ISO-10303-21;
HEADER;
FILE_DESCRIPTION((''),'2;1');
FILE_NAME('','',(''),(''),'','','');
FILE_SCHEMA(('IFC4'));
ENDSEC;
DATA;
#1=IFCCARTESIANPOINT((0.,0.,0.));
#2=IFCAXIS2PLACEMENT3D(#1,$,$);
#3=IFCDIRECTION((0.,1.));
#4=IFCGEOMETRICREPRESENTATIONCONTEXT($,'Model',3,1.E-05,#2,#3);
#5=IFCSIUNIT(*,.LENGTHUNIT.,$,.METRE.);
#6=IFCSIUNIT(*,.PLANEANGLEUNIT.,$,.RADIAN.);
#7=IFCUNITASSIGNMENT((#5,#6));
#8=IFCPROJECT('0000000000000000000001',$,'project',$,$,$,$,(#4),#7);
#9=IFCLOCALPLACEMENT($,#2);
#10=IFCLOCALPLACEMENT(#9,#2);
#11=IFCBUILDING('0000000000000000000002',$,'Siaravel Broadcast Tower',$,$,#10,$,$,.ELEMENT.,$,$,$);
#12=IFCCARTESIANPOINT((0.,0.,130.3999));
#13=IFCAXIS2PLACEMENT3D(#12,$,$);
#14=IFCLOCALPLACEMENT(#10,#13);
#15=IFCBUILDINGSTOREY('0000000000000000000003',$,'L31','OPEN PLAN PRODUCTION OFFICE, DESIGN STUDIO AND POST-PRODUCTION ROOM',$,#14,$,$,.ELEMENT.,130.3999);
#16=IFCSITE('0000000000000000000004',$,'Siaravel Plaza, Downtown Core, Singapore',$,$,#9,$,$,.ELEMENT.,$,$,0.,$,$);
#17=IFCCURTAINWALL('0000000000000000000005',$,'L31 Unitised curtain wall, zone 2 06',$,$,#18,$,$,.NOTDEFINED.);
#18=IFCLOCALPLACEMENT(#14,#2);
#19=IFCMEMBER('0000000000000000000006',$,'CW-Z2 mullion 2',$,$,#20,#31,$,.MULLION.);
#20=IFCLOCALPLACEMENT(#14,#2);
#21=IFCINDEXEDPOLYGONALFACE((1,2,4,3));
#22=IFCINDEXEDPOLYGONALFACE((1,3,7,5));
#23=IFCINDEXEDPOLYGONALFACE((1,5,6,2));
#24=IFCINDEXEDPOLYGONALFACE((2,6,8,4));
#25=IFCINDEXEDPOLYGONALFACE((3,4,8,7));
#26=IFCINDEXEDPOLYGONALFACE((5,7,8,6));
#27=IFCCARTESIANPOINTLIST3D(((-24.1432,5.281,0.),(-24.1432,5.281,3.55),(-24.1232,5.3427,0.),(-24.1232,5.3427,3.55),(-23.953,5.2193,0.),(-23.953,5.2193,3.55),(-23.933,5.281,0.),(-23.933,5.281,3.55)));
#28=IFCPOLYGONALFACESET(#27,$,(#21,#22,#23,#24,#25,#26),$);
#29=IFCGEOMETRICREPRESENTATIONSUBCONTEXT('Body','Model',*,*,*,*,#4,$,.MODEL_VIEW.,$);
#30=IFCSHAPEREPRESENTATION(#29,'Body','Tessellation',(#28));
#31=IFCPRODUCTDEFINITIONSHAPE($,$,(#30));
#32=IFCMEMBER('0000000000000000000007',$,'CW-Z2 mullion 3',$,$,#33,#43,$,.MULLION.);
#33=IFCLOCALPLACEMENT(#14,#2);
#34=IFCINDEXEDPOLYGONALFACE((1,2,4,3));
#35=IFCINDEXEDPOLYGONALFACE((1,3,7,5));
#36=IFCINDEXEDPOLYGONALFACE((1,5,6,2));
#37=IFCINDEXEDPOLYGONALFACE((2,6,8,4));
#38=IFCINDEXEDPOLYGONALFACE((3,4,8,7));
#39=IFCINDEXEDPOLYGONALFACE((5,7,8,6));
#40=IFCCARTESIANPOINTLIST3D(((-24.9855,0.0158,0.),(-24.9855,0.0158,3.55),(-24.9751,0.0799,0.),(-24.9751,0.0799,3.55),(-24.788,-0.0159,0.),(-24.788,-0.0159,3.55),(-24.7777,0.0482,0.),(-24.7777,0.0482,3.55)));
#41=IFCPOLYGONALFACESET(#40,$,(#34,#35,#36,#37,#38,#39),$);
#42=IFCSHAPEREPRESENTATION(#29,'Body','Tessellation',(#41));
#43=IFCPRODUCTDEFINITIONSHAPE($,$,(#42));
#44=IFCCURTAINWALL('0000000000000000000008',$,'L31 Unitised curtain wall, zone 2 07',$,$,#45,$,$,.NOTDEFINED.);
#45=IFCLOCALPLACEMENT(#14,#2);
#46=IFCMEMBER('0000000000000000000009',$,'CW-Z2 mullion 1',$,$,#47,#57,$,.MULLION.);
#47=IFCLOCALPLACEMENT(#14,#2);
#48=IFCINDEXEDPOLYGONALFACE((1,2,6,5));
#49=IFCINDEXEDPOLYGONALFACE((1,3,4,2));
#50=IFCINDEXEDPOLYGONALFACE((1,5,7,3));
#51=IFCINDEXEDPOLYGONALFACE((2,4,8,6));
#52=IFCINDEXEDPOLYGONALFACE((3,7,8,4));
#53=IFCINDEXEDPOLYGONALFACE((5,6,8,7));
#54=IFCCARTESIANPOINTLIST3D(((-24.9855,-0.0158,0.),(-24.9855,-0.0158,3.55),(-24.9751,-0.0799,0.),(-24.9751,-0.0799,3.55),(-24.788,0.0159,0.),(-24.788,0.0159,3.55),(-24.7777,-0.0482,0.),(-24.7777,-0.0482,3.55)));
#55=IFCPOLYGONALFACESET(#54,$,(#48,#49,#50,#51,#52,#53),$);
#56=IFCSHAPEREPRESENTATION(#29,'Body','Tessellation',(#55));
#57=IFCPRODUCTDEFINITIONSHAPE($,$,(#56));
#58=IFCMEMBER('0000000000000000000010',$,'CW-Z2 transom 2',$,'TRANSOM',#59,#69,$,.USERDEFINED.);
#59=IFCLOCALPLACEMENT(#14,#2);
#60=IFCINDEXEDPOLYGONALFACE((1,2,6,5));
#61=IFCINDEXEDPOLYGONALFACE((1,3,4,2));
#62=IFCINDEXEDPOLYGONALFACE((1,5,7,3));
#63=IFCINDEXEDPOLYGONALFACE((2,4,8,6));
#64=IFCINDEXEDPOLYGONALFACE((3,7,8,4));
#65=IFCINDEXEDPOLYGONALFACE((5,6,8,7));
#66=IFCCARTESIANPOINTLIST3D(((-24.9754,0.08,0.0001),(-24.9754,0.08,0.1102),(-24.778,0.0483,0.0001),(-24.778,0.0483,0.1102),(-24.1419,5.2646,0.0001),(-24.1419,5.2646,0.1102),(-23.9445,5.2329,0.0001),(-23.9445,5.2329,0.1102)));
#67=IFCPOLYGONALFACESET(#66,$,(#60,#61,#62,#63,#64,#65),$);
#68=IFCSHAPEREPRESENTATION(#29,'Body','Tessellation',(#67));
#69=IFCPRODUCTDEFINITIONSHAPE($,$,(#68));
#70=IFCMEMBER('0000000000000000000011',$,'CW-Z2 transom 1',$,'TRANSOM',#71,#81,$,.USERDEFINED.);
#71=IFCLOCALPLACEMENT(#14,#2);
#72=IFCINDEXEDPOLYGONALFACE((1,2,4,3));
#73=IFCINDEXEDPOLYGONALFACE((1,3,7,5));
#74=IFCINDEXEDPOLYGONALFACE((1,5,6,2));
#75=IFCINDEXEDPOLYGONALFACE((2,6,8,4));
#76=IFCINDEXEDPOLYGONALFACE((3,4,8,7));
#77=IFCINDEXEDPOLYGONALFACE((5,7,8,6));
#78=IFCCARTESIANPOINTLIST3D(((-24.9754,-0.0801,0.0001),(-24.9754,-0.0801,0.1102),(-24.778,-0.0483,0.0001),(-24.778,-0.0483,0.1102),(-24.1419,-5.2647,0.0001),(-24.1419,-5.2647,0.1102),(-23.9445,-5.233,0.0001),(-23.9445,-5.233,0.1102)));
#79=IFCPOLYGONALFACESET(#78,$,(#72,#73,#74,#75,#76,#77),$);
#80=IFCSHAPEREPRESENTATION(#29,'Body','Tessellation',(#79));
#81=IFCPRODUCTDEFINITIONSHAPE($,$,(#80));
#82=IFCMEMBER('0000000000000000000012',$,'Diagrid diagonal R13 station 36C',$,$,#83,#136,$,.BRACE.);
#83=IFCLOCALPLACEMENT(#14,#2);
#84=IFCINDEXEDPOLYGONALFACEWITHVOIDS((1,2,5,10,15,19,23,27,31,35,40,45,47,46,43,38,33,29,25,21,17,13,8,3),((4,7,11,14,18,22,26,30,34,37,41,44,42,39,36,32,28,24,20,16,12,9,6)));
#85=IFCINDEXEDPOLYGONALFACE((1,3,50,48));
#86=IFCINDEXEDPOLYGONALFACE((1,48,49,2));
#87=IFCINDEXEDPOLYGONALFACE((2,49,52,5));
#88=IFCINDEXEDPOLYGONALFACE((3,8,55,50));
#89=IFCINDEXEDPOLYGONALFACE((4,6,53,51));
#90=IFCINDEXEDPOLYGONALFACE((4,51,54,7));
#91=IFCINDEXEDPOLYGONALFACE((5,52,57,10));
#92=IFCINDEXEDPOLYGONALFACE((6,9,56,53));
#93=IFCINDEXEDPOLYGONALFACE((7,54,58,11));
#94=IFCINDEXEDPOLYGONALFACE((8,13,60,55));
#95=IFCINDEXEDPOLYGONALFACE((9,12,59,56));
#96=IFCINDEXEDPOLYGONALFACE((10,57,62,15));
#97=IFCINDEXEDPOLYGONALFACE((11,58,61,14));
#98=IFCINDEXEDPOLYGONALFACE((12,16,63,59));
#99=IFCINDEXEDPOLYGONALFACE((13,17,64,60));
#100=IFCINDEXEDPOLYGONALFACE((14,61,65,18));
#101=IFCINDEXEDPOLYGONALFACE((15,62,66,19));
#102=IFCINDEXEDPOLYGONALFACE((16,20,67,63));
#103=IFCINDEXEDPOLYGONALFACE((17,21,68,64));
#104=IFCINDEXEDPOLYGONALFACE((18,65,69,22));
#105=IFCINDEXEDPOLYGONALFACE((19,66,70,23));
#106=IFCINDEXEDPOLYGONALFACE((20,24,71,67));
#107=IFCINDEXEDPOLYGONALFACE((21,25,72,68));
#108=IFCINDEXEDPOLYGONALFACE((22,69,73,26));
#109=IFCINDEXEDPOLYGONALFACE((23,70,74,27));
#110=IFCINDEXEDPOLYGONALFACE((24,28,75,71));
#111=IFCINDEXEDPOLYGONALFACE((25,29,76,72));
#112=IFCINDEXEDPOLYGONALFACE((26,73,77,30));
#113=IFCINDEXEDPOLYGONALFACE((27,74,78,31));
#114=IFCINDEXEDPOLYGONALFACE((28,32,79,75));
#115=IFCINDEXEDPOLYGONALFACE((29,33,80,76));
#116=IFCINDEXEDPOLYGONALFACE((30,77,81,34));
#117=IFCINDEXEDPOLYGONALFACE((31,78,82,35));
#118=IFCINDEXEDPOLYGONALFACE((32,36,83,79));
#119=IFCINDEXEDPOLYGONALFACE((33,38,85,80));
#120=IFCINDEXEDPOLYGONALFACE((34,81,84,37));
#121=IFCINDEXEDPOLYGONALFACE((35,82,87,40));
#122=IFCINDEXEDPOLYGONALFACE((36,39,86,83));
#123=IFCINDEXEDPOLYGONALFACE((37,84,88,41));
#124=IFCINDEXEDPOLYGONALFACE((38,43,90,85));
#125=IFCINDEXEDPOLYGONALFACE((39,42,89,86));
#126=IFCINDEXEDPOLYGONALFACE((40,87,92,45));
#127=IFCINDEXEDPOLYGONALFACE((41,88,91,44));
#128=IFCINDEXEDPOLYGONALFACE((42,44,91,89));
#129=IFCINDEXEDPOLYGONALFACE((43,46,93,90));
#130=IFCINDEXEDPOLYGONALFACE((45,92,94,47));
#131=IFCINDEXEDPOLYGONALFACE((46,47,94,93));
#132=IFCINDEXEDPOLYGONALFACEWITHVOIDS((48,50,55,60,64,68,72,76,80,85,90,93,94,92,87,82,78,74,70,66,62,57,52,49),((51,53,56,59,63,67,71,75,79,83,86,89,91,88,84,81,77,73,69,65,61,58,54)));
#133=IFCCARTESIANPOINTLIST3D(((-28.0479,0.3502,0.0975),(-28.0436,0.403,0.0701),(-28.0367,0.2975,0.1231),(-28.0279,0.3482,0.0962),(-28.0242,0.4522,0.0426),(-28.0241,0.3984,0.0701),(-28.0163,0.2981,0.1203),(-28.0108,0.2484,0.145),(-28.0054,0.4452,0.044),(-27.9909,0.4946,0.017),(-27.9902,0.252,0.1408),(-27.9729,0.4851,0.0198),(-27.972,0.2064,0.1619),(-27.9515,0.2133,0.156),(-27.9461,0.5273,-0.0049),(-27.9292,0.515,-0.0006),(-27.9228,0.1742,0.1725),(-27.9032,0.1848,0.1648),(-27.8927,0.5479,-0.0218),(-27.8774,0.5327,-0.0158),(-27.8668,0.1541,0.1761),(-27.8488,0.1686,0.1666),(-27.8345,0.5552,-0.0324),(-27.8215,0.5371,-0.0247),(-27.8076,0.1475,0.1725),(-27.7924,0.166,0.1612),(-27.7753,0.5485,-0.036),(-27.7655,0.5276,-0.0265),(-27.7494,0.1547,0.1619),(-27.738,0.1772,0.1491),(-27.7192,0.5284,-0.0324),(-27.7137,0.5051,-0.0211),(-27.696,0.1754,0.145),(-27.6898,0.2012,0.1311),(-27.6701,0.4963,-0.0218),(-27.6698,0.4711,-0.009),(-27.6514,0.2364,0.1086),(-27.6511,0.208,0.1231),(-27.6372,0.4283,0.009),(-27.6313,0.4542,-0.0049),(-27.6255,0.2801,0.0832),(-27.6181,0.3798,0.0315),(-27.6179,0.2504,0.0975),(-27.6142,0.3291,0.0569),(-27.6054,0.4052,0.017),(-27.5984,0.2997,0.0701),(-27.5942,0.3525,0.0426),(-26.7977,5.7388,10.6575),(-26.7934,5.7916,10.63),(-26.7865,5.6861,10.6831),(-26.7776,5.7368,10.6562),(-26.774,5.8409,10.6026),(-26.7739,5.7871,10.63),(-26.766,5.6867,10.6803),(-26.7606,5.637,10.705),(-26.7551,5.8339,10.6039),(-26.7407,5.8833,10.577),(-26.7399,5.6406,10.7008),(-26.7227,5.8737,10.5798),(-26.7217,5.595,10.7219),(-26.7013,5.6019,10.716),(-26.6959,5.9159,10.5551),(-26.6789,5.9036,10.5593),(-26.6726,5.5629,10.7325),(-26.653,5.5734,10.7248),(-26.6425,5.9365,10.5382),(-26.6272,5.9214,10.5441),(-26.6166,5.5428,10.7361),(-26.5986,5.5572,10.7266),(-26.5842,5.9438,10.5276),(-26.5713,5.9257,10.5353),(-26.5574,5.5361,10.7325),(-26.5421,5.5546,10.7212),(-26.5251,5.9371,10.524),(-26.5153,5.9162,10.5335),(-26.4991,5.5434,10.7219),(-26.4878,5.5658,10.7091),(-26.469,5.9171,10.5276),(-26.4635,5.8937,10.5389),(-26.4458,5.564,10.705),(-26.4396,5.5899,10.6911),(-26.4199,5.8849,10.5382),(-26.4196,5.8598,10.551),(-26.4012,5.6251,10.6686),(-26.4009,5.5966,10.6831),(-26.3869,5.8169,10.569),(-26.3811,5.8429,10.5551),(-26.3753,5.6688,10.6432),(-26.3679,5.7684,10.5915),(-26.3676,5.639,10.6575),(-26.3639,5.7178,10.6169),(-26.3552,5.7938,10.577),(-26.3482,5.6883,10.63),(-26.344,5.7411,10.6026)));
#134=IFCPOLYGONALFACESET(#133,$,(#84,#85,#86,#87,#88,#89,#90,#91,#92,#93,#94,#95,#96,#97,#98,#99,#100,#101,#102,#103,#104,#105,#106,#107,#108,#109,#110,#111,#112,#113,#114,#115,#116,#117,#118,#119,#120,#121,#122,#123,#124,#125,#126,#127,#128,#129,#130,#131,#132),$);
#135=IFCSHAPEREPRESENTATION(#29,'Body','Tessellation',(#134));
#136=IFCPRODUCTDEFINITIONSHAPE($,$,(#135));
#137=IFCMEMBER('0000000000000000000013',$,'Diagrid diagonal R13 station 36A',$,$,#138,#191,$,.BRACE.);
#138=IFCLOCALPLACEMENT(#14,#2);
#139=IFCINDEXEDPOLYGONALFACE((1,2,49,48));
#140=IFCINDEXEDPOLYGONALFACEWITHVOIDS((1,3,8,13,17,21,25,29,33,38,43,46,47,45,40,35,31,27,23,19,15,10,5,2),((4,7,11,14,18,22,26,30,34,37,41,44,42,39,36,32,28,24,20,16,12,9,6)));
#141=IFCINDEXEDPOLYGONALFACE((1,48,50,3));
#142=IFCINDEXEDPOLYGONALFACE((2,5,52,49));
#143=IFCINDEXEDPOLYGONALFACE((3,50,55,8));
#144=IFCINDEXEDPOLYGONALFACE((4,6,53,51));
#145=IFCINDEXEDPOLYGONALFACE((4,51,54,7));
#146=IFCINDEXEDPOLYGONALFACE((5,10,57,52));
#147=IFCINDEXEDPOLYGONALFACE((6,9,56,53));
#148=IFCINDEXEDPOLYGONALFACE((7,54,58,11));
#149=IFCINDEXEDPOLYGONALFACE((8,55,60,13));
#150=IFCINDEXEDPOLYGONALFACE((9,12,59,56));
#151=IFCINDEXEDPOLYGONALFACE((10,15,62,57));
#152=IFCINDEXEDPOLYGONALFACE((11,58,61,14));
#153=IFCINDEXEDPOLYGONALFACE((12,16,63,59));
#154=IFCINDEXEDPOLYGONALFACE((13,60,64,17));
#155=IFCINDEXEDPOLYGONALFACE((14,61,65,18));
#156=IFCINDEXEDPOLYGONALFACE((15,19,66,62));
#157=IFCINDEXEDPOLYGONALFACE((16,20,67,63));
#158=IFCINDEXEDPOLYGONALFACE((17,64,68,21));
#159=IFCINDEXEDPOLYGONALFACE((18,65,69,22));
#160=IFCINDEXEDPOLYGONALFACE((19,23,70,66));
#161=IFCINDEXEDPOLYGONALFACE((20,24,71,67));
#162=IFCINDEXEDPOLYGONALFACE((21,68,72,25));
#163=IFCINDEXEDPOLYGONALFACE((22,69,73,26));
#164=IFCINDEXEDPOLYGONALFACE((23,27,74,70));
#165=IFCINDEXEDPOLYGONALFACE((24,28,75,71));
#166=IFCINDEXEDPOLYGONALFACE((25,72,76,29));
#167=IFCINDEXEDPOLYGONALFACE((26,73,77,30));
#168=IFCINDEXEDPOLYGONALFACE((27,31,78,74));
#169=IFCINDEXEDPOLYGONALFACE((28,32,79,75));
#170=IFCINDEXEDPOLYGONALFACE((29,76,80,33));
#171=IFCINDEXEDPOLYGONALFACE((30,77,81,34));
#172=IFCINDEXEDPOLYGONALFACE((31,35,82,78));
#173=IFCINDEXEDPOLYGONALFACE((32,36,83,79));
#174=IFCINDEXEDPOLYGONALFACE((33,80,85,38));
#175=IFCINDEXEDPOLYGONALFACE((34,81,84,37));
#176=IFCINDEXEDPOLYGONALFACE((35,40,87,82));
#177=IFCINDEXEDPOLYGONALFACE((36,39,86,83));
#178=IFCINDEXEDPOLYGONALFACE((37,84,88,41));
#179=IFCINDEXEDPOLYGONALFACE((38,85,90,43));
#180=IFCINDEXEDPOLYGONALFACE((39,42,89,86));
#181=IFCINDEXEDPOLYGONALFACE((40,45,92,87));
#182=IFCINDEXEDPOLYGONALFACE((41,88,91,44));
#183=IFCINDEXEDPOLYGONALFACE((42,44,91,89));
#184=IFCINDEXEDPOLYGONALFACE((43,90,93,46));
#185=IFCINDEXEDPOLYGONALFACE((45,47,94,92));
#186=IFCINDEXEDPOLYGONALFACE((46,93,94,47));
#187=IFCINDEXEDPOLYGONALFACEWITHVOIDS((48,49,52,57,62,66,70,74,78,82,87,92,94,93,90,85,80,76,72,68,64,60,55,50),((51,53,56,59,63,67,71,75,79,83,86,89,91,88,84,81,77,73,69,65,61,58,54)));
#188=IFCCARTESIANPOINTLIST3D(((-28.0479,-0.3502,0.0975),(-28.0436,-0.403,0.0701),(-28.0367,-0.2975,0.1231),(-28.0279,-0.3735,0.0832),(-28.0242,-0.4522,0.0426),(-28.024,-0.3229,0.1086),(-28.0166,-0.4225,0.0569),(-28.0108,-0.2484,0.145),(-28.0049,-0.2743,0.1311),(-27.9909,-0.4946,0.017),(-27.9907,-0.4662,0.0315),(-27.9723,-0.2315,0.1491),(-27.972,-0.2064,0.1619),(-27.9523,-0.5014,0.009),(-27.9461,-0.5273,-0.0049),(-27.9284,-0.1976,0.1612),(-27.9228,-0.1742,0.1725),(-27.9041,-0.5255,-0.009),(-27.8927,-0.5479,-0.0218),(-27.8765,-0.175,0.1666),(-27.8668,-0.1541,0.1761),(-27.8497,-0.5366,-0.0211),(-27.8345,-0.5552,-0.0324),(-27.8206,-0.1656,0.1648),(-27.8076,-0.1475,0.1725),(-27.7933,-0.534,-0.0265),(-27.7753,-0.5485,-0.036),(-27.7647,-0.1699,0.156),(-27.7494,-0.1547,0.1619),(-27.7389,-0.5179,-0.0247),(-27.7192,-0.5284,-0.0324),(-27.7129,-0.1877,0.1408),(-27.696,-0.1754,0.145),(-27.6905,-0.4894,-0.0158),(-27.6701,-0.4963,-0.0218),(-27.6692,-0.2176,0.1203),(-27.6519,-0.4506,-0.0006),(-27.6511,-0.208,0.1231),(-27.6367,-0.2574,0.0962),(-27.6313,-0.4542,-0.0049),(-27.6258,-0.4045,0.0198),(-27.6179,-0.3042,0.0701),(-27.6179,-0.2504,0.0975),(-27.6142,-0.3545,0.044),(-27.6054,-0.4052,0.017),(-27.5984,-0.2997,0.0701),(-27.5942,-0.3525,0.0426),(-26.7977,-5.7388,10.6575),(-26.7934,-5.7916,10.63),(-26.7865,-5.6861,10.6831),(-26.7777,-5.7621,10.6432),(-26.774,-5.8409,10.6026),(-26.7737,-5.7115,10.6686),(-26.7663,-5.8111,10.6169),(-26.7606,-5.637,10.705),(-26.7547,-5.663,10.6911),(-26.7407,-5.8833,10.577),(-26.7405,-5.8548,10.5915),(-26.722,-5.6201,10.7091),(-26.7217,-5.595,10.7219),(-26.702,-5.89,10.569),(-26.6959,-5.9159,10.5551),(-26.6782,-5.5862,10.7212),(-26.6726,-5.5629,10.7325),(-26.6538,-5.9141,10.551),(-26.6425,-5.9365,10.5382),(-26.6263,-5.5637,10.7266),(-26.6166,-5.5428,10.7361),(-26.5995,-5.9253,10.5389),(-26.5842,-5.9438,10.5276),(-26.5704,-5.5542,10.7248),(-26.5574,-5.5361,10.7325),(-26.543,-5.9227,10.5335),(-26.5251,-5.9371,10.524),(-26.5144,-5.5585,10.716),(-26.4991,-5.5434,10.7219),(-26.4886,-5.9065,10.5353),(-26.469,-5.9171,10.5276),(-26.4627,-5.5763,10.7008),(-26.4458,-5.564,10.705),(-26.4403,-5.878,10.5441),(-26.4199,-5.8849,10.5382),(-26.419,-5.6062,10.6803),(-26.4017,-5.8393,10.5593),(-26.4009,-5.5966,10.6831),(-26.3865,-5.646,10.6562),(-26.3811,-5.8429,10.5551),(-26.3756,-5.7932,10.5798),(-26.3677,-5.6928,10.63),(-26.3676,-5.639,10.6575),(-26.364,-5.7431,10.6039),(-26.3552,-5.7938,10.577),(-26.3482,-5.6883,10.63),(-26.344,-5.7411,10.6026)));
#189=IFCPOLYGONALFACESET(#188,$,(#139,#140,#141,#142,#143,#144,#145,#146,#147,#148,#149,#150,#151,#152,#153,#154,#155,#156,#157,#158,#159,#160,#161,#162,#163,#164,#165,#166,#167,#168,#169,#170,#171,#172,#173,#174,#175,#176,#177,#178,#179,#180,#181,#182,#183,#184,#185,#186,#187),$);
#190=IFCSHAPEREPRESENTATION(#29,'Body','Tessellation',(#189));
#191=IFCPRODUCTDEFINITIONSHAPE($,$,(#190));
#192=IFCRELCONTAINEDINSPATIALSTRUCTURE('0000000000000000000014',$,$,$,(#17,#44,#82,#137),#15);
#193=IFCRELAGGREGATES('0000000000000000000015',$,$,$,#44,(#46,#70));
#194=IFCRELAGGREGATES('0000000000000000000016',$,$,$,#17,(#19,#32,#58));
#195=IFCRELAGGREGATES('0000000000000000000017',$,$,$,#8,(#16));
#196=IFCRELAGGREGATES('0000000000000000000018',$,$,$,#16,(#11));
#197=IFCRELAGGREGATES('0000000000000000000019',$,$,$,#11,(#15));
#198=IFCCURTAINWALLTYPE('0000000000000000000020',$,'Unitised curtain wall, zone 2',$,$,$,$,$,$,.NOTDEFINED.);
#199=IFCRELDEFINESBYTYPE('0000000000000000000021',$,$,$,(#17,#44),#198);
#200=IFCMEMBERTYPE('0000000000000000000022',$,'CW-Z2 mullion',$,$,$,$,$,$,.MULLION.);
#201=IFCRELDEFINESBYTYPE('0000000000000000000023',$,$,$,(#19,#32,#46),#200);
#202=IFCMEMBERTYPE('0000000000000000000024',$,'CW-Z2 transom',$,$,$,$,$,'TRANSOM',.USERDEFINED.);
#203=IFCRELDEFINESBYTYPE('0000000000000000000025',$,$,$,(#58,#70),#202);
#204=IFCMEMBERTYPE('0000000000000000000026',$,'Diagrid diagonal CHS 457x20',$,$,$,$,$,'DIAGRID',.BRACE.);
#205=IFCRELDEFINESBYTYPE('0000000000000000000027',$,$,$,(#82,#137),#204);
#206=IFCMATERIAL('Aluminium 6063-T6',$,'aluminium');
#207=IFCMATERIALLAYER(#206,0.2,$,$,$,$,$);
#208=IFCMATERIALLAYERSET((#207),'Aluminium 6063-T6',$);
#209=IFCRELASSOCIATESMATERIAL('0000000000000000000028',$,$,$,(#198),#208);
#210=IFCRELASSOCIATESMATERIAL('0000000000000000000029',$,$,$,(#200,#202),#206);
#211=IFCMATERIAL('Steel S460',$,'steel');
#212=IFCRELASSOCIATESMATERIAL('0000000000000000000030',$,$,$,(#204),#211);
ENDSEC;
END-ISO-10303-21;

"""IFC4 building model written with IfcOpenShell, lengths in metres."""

from ifc_helpers import new_model, si_unit, direction, frame, origin, origin_2d, place, context, subcontext, project, spatial, rectangle, hollow_circle, extrude, material, layer, layer_set, material_profile, profile_set, type_object, element, aggregate, save


model = new_model("IFC4")

# Units and contexts
model_context = context("Model", 3, precision=1e-05, world=origin(), true_north=direction((0.0, 1.0)))
body_context = subcontext(model_context, "Body", "Model", "MODEL_VIEW")
ifc_project = project(units=[si_unit("LENGTHUNIT", "METRE"), si_unit("PLANEANGLEUNIT", "RADIAN")], contexts=[model_context])

# Site, building, storey
site_placement = place(None, origin())
site = spatial("IfcSite", under=ifc_project, at=site_placement, Name="Siaravel Plaza, Downtown Core, Singapore", CompositionType="ELEMENT", RefElevation=0.0)
building_placement = place(site_placement, origin())
building = spatial("IfcBuilding", under=site, at=building_placement, Name="Siaravel Broadcast Tower", CompositionType="ELEMENT")
storey_placement = place(building_placement, frame((0.0, 0.0, 130.3999)))
storey = spatial("IfcBuildingStorey", under=building, at=storey_placement, Name="L31", Description="OPEN PLAN PRODUCTION OFFICE, DESIGN STUDIO AND POST-PRODUCTION ROOM", CompositionType="ELEMENT", Elevation=130.3999)

# Curtain wall, members
ifc_material_1 = material(Name="Aluminium 6063-T6", Category="aluminium")
ifc_layer_1 = layer(ifc_material_1, 0.2)
ifc_layer_set_1 = layer_set([ifc_layer_1], Name="Aluminium 6063-T6")
curtain_wall_type = type_object("IfcCurtainWallType", Name="Unitised curtain wall, zone 2", PredefinedType="NOTDEFINED", material=ifc_layer_set_1)
curtain_wall_1_placement = place(storey_placement, origin())
curtain_wall_1 = element("IfcCurtainWall", 1, at=curtain_wall_1_placement, inside=storey, type_object=curtain_wall_type, Name="L31 Unitised curtain wall, zone 2 06", PredefinedType="NOTDEFINED")
ifc_material_profile_1 = material_profile(ifc_material_1, rectangle(XDim=0.2, YDim=0.0649, at=origin_2d()))
ifc_profile_set_1 = profile_set([ifc_material_profile_1], Name="Aluminium 6063-T6")
member_type_1 = type_object("IfcMemberType", Name="CW-Z2 mullion", PredefinedType="MULLION", material=ifc_profile_set_1)
member_1_placement = place(storey_placement, frame((-24.0381, 5.281, 0.0), z_axis=(0.0, 0.0, 1.0), x_axis=(0.951178, -0.308644, 0.0)))
member_1 = element("IfcMember", 2, at=member_1_placement, type_object=member_type_1, Name="CW-Z2 mullion 2", PredefinedType="MULLION", context=body_context, shape_type="SweptSolid", body=[
    extrude(rectangle(XDim=0.2, YDim=0.0649, at=origin_2d()), origin(), (0.0, 0.0, 1.0), 3.55),
])
member_2_placement = place(storey_placement, frame((-24.8816, 0.032, 0.0), z_axis=(0.0, 0.0, 1.0), x_axis=(0.987329, -0.158685, 0.0)))
member_2 = element("IfcMember", 3, at=member_2_placement, type_object=member_type_1, Name="CW-Z2 mullion 3", PredefinedType="MULLION", context=body_context, shape_type="SweptSolid", body=[
    extrude(rectangle(XDim=0.2, YDim=0.0649, at=origin_2d()), origin(), (0.0, 0.0, 1.0), 3.55),
])

# Curtain wall, member
curtain_wall_2_placement = place(storey_placement, origin())
curtain_wall_2 = element("IfcCurtainWall", 4, at=curtain_wall_2_placement, inside=storey, type_object=curtain_wall_type, Name="L31 Unitised curtain wall, zone 2 07", PredefinedType="NOTDEFINED")
member_3_placement = place(storey_placement, frame((-24.8816, -0.032, 0.0), z_axis=(0.0, 0.0, 1.0), x_axis=(0.987329, 0.158685, 0.0)))
member_3 = element("IfcMember", 5, at=member_3_placement, type_object=member_type_1, Name="CW-Z2 mullion 1", PredefinedType="MULLION", context=body_context, shape_type="SweptSolid", body=[
    extrude(rectangle(XDim=0.2, YDim=0.0649, at=origin_2d()), origin(), (0.0, 0.0, 1.0), 3.55),
])

# Members
ifc_material_profile_2 = material_profile(ifc_material_1, rectangle(XDim=0.2, YDim=0.1101, at=origin_2d()))
ifc_profile_set_2 = profile_set([ifc_material_profile_2], Name="Aluminium 6063-T6")
member_type_2 = type_object("IfcMemberType", Name="CW-Z2 transom", ElementType="TRANSOM", PredefinedType="USERDEFINED", material=ifc_profile_set_2)
member_4_placement = place(storey_placement, frame((-24.0432, 5.2488, 0.0552), z_axis=(-0.158727, -0.987323, 0.0), x_axis=(0.987323, -0.158727, 0.0)))
member_4 = element("IfcMember", 6, at=member_4_placement, type_object=member_type_2, Name="CW-Z2 transom 2", ObjectType="TRANSOM", PredefinedType="USERDEFINED", context=body_context, shape_type="SweptSolid", body=[
    extrude(rectangle(XDim=0.2, YDim=0.1101, at=origin_2d()), origin(), (0.0, 0.0, 1.0), 5.2512),
])
member_5_placement = place(storey_placement, frame((-24.8767, -0.0642, 0.0552), z_axis=(0.158727, -0.987323, 0.0), x_axis=(0.987323, 0.158727, 0.0)))
member_5 = element("IfcMember", 7, at=member_5_placement, type_object=member_type_2, Name="CW-Z2 transom 1", ObjectType="TRANSOM", PredefinedType="USERDEFINED", context=body_context, shape_type="SweptSolid", body=[
    extrude(rectangle(XDim=0.2, YDim=0.1101, at=origin_2d()), origin(), (0.0, 0.0, 1.0), 5.2512),
])
aggregate(curtain_wall_2, [member_3, member_5])

# Members
ifc_material_2 = material(Name="Steel S460", Category="steel")
ifc_material_profile_3 = material_profile(ifc_material_2, hollow_circle(Radius=0.2285, WallThickness=0.02, at=origin_2d()))
ifc_profile_set_3 = profile_set([ifc_material_profile_3], Name="Steel S460")
member_type_3 = type_object("IfcMemberType", Name="Diagrid diagonal CHS 457x20", ElementType="DIAGRID", PredefinedType="BRACE", material=ifc_profile_set_3)
for number, where, z_axis, x_axis, name in (
    (8, (-27.821, 0.3513, 0.0701), (0.104875, 0.452023, 0.88582), (-0.974125, 0.22601, 0.0), "Diagrid diagonal R13 station 36C"),
    (9, (-27.821, -0.3513, 0.0701), (0.104875, -0.452023, 0.88582), (0.974125, 0.22601, 0.0), "Diagrid diagonal R13 station 36A"),
):
    element("IfcMember", number, at=place(storey_placement, frame(where, z_axis=z_axis, x_axis=x_axis)), inside=storey, type_object=member_type_3, Name=name, PredefinedType="BRACE", context=body_context, shape_type="SweptSolid", body=[
        extrude(hollow_circle(Radius=0.2285, WallThickness=0.02, at=origin_2d()), origin(), (0.0, 0.0, 1.0), 11.9211),
    ])

aggregate(curtain_wall_1, [member_1, member_2, member_4])

save(model, "model.ifc")
